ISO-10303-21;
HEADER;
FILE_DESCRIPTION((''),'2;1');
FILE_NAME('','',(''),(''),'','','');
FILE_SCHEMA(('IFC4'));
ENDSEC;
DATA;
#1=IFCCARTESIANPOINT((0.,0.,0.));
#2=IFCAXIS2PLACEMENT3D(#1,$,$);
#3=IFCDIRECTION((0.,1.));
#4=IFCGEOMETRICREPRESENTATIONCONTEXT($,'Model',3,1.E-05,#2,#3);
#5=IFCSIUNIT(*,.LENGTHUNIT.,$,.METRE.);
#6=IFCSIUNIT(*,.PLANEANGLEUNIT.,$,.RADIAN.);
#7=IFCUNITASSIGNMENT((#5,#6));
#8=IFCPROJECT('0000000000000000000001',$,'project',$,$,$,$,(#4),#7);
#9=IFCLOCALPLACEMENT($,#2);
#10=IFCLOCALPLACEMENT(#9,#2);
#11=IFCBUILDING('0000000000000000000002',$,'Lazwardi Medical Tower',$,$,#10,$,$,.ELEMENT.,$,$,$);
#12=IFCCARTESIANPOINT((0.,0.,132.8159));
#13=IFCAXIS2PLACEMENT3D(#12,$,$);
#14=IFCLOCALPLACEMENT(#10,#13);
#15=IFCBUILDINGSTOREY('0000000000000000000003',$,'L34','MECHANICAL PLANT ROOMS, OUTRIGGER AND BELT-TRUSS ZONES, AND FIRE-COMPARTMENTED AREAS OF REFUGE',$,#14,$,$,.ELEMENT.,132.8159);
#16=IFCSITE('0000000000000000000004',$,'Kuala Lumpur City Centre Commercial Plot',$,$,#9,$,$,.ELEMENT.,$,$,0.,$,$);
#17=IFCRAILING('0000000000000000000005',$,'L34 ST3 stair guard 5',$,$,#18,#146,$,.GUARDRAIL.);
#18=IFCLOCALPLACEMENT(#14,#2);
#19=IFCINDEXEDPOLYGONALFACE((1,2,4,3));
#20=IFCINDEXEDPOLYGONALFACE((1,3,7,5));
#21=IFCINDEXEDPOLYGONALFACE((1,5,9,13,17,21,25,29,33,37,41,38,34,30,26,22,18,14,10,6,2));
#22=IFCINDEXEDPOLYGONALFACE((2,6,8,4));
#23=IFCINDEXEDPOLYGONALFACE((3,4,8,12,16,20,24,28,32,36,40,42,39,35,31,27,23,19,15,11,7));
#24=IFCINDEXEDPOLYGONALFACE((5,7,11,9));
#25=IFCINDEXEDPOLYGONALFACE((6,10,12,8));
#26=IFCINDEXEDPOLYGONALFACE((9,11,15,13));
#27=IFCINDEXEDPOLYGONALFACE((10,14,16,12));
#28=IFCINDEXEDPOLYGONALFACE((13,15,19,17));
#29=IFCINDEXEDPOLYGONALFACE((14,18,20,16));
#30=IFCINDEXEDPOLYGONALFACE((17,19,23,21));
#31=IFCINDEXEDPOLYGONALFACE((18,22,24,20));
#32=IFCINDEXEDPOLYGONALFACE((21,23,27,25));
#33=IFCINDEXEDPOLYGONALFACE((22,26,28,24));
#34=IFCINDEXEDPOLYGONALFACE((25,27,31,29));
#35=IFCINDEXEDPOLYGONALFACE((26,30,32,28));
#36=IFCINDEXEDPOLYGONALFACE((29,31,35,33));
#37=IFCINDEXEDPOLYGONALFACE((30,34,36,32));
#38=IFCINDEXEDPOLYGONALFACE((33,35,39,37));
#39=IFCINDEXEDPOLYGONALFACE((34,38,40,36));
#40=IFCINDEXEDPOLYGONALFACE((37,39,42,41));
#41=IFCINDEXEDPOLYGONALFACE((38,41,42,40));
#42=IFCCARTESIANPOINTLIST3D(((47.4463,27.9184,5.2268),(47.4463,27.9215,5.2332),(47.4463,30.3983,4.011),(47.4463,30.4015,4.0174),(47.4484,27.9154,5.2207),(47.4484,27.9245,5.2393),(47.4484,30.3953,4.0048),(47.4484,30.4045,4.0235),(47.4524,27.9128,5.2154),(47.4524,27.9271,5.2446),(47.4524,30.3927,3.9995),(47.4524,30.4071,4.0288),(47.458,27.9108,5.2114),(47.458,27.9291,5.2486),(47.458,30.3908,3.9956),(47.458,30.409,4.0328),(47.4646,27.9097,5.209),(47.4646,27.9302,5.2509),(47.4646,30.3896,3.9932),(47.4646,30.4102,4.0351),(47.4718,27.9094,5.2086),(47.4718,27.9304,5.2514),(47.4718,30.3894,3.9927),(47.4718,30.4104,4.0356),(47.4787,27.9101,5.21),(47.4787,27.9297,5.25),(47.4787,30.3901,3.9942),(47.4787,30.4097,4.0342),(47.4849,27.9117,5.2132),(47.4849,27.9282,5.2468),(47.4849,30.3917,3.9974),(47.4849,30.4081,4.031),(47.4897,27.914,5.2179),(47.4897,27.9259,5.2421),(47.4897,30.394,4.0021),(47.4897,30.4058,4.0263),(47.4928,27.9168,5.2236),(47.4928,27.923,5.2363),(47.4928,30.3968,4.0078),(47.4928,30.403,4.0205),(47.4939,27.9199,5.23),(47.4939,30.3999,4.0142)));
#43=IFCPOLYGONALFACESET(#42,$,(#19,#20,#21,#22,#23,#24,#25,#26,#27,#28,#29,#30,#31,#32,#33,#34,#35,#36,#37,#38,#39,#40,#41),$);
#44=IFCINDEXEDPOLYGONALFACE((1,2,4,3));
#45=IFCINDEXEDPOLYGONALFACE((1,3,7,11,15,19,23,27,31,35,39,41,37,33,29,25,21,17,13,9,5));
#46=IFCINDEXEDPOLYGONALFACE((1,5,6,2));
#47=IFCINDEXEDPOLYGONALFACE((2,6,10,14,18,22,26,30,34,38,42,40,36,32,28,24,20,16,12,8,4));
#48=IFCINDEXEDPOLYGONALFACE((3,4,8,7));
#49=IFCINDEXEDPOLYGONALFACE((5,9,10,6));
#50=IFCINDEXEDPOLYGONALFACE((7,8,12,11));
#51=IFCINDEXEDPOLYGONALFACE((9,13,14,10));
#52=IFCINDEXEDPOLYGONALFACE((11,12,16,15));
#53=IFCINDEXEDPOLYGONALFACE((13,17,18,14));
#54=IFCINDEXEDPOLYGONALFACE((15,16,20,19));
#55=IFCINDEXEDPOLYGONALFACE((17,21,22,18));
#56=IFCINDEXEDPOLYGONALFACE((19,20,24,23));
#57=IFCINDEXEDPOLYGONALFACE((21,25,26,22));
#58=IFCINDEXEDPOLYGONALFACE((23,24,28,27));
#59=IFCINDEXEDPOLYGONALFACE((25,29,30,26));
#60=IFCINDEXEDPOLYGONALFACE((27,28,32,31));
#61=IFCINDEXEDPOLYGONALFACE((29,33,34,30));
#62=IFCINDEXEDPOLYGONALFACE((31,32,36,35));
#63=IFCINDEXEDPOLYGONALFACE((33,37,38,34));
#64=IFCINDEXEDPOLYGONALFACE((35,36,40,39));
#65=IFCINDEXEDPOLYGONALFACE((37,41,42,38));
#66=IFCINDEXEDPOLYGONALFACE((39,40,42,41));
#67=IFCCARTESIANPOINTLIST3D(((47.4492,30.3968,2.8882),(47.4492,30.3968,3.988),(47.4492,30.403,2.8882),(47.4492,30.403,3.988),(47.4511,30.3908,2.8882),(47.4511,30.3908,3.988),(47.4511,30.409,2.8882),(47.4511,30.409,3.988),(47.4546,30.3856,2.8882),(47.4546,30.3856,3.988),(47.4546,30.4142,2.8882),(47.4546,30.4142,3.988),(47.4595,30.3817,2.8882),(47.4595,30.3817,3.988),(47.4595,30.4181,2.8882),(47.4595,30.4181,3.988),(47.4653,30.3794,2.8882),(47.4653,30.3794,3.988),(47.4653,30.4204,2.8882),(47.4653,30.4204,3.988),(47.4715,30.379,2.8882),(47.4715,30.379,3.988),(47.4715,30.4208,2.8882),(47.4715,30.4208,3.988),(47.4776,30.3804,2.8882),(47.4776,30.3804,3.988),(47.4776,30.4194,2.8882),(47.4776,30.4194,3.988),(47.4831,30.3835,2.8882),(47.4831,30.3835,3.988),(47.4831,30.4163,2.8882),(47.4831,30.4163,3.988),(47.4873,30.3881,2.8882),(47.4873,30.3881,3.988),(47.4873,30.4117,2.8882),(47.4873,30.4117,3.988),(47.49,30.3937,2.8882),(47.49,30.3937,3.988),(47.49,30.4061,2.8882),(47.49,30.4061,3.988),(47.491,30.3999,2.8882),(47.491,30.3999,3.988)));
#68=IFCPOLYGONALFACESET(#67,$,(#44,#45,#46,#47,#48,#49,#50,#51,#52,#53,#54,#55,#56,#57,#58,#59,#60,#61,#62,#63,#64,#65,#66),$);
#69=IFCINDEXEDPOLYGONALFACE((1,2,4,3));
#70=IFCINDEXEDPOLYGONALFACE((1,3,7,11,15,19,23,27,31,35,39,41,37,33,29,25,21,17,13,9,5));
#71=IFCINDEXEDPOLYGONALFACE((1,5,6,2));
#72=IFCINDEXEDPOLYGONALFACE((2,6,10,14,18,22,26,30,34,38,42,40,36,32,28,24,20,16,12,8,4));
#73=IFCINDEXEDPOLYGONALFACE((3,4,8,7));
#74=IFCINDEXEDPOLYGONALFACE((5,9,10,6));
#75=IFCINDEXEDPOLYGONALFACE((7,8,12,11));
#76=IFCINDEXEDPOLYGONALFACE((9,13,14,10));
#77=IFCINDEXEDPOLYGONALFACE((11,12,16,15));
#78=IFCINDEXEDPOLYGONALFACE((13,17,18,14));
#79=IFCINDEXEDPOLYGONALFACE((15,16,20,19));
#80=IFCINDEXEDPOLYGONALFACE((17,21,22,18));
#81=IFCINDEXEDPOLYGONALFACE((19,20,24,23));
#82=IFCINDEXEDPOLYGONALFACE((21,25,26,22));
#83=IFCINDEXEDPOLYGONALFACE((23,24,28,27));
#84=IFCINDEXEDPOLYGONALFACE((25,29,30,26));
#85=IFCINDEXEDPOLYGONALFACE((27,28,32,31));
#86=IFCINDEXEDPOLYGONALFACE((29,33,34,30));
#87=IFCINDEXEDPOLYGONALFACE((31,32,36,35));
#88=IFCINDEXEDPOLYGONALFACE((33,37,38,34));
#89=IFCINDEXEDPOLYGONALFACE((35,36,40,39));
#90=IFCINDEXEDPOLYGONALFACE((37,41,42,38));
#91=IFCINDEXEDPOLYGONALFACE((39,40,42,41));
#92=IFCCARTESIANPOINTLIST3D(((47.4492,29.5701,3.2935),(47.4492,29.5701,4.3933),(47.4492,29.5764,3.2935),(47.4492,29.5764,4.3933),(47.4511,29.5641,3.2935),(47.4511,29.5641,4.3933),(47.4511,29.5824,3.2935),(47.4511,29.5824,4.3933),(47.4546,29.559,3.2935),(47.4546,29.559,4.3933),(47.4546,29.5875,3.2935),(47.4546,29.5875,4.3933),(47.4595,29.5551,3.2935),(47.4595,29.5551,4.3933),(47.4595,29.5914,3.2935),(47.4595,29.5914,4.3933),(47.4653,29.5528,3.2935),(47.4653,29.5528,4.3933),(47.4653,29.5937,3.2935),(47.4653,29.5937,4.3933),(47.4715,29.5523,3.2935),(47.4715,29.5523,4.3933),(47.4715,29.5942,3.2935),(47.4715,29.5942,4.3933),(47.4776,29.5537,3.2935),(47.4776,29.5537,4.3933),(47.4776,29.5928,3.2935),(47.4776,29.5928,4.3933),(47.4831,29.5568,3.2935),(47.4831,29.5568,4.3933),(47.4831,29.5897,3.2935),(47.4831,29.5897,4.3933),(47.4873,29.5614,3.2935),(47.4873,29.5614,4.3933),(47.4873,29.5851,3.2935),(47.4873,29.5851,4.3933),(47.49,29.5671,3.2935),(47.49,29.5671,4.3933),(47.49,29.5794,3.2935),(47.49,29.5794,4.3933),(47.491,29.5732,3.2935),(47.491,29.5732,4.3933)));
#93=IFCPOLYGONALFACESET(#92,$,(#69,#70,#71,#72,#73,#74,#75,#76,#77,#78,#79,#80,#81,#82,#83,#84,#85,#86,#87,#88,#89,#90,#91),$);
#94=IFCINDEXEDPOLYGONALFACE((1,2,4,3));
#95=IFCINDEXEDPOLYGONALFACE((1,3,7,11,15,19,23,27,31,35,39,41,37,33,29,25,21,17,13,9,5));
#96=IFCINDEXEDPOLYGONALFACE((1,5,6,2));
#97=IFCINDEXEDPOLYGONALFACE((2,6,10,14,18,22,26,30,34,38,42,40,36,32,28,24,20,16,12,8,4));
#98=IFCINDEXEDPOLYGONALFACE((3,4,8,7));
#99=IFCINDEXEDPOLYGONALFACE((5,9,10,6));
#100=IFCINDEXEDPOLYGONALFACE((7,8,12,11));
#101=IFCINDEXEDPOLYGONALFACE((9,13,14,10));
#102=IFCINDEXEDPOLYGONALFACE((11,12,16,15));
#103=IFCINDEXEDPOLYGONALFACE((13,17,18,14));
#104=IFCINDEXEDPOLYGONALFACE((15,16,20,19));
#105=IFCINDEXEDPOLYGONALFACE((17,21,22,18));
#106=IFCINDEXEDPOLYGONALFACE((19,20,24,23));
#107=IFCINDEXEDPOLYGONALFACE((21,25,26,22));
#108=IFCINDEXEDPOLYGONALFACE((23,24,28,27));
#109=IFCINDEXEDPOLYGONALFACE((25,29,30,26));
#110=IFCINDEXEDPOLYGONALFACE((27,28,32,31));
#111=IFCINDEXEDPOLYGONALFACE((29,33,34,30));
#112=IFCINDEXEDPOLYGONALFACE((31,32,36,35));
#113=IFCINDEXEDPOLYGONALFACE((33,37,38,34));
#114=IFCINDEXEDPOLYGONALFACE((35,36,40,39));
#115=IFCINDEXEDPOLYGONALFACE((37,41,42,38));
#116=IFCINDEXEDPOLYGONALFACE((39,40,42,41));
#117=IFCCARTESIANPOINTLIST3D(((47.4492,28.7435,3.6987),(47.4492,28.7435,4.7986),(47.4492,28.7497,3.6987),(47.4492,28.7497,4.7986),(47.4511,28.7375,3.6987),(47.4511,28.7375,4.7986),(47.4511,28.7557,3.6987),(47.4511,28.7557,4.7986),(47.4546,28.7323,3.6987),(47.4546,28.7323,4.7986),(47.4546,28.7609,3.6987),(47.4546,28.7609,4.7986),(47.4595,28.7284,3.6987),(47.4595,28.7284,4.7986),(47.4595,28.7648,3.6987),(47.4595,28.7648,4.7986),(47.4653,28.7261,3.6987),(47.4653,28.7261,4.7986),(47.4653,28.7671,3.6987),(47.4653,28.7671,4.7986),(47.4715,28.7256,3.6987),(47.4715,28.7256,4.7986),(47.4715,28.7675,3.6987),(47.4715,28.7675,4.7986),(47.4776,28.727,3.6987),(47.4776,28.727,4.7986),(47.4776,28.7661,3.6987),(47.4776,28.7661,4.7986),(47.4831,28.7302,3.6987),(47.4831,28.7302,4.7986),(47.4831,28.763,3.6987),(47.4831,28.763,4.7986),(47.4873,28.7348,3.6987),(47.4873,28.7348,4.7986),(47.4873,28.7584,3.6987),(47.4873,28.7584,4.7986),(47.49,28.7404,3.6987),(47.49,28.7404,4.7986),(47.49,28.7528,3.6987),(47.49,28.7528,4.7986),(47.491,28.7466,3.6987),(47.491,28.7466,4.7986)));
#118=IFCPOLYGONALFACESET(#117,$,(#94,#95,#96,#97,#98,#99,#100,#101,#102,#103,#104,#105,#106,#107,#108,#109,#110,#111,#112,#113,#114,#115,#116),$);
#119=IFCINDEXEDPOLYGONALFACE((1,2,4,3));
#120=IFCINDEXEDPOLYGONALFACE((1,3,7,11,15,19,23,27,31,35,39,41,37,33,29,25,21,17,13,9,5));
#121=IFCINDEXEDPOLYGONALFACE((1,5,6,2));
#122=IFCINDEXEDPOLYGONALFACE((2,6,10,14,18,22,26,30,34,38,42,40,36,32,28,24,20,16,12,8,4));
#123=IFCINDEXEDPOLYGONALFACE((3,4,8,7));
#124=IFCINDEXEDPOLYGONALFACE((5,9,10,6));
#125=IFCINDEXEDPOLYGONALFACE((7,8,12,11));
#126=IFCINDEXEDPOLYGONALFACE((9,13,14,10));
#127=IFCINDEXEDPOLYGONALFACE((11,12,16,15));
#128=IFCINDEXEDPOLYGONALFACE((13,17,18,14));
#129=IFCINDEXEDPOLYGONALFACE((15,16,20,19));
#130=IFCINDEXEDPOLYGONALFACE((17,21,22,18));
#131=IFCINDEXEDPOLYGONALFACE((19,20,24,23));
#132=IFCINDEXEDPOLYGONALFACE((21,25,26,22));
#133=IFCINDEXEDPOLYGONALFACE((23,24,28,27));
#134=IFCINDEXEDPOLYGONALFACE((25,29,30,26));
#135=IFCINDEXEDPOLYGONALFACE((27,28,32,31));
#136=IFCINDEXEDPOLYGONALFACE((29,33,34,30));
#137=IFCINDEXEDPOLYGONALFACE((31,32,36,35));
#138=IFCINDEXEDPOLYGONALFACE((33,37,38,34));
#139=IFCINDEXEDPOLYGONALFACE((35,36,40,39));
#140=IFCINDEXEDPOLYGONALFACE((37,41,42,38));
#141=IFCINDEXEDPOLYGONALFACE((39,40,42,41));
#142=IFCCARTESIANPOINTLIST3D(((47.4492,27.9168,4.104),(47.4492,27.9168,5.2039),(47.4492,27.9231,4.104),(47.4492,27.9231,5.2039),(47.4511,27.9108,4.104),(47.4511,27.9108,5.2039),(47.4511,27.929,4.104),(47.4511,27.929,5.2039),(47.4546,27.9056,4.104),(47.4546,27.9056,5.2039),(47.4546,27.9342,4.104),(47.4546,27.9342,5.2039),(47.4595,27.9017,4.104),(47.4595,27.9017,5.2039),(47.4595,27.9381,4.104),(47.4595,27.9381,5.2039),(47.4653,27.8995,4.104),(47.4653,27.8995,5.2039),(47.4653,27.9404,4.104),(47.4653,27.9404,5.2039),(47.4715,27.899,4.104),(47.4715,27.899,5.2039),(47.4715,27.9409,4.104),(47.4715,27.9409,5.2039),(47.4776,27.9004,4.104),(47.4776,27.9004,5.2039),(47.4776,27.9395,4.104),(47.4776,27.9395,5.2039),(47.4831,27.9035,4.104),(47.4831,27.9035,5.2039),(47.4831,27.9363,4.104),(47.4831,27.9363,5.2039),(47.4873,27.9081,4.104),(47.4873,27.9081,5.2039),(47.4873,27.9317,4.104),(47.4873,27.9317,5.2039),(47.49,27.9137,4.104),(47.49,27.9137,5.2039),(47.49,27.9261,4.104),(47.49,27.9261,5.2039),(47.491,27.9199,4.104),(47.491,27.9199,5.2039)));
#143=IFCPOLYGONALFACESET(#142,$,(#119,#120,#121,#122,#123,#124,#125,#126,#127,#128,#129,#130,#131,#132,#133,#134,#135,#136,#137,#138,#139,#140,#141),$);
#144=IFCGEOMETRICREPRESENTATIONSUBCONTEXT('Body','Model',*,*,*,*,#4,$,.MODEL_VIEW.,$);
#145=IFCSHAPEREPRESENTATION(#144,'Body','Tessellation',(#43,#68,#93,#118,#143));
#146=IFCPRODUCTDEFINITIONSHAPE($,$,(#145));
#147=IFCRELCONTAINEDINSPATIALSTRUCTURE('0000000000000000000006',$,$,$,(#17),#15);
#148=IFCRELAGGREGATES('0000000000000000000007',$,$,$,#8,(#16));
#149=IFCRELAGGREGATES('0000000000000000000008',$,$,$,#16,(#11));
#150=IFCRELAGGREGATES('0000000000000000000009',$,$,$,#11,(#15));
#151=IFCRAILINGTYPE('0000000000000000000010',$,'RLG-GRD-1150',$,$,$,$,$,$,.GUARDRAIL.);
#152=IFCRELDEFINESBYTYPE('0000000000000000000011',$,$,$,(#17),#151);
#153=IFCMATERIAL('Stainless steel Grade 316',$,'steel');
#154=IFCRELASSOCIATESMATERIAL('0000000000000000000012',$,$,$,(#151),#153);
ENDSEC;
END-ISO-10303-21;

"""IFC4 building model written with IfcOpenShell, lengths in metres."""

from ifc_helpers import new_model, si_unit, direction, frame, origin, origin_2d, place, context, subcontext, project, spatial, circle, extrude, material, type_object, element, save


model = new_model("IFC4")

# Units and contexts
model_context = context("Model", 3, precision=1e-05, world=origin(), true_north=direction((0.0, 1.0)))
body_context = subcontext(model_context, "Body", "Model", "MODEL_VIEW")
ifc_project = project(units=[si_unit("LENGTHUNIT", "METRE"), si_unit("PLANEANGLEUNIT", "RADIAN")], contexts=[model_context])

# Site, building, storey
site_placement = place(None, origin())
site = spatial("IfcSite", under=ifc_project, at=site_placement, Name="Kuala Lumpur City Centre Commercial Plot", CompositionType="ELEMENT", RefElevation=0.0)
building_placement = place(site_placement, origin())
building = spatial("IfcBuilding", under=site, at=building_placement, Name="Lazwardi Medical Tower", CompositionType="ELEMENT")
storey_placement = place(building_placement, frame((0.0, 0.0, 132.8159)))
storey = spatial("IfcBuildingStorey", under=building, at=storey_placement, Name="L34", Description="MECHANICAL PLANT ROOMS, OUTRIGGER AND BELT-TRUSS ZONES, AND FIRE-COMPARTMENTED AREAS OF REFUGE", CompositionType="ELEMENT", Elevation=132.8159)

# Railing
ifc_material_1 = material(Name="Stainless steel Grade 316", Category="steel")
railing_type_1 = type_object("IfcRailingType", Name="RLG-GRD-1150", PredefinedType="GUARDRAIL", material=ifc_material_1)
railing_1_placement = place(storey_placement, frame((47.47, 30.3999, 2.8882)))
element("IfcRailing", 1, at=railing_1_placement, inside=storey, type_object=railing_type_1, Name="L34 ST3 stair guard 5", PredefinedType="GUARDRAIL", context=body_context, shape_type="SweptSolid", body=[
    extrude(circle(Radius=0.0239, at=origin_2d()), frame((0.0, 0.0, 1.126), z_axis=(0.0, -0.8979, 0.440199), x_axis=(1.0, 0.0, 0.0)), (0.0, 0.0, 1.0), 2.762),
    extrude(circle(Radius=0.021, at=origin_2d()), origin(), (0.0, 0.0, 1.0), 1.0999),
    extrude(circle(Radius=0.021, at=origin_2d()), frame((0.0, -0.8267, 0.4053)), (0.0, 0.0, 1.0), 1.0999),
    extrude(circle(Radius=0.021, at=origin_2d()), frame((0.0, -1.6533, 0.8105)), (0.0, 0.0, 1.0), 1.0999),
    extrude(circle(Radius=0.021, at=origin_2d()), frame((0.0, -2.48, 1.2158)), (0.0, 0.0, 1.0), 1.0999),
])

save(model, "model.ifc")
